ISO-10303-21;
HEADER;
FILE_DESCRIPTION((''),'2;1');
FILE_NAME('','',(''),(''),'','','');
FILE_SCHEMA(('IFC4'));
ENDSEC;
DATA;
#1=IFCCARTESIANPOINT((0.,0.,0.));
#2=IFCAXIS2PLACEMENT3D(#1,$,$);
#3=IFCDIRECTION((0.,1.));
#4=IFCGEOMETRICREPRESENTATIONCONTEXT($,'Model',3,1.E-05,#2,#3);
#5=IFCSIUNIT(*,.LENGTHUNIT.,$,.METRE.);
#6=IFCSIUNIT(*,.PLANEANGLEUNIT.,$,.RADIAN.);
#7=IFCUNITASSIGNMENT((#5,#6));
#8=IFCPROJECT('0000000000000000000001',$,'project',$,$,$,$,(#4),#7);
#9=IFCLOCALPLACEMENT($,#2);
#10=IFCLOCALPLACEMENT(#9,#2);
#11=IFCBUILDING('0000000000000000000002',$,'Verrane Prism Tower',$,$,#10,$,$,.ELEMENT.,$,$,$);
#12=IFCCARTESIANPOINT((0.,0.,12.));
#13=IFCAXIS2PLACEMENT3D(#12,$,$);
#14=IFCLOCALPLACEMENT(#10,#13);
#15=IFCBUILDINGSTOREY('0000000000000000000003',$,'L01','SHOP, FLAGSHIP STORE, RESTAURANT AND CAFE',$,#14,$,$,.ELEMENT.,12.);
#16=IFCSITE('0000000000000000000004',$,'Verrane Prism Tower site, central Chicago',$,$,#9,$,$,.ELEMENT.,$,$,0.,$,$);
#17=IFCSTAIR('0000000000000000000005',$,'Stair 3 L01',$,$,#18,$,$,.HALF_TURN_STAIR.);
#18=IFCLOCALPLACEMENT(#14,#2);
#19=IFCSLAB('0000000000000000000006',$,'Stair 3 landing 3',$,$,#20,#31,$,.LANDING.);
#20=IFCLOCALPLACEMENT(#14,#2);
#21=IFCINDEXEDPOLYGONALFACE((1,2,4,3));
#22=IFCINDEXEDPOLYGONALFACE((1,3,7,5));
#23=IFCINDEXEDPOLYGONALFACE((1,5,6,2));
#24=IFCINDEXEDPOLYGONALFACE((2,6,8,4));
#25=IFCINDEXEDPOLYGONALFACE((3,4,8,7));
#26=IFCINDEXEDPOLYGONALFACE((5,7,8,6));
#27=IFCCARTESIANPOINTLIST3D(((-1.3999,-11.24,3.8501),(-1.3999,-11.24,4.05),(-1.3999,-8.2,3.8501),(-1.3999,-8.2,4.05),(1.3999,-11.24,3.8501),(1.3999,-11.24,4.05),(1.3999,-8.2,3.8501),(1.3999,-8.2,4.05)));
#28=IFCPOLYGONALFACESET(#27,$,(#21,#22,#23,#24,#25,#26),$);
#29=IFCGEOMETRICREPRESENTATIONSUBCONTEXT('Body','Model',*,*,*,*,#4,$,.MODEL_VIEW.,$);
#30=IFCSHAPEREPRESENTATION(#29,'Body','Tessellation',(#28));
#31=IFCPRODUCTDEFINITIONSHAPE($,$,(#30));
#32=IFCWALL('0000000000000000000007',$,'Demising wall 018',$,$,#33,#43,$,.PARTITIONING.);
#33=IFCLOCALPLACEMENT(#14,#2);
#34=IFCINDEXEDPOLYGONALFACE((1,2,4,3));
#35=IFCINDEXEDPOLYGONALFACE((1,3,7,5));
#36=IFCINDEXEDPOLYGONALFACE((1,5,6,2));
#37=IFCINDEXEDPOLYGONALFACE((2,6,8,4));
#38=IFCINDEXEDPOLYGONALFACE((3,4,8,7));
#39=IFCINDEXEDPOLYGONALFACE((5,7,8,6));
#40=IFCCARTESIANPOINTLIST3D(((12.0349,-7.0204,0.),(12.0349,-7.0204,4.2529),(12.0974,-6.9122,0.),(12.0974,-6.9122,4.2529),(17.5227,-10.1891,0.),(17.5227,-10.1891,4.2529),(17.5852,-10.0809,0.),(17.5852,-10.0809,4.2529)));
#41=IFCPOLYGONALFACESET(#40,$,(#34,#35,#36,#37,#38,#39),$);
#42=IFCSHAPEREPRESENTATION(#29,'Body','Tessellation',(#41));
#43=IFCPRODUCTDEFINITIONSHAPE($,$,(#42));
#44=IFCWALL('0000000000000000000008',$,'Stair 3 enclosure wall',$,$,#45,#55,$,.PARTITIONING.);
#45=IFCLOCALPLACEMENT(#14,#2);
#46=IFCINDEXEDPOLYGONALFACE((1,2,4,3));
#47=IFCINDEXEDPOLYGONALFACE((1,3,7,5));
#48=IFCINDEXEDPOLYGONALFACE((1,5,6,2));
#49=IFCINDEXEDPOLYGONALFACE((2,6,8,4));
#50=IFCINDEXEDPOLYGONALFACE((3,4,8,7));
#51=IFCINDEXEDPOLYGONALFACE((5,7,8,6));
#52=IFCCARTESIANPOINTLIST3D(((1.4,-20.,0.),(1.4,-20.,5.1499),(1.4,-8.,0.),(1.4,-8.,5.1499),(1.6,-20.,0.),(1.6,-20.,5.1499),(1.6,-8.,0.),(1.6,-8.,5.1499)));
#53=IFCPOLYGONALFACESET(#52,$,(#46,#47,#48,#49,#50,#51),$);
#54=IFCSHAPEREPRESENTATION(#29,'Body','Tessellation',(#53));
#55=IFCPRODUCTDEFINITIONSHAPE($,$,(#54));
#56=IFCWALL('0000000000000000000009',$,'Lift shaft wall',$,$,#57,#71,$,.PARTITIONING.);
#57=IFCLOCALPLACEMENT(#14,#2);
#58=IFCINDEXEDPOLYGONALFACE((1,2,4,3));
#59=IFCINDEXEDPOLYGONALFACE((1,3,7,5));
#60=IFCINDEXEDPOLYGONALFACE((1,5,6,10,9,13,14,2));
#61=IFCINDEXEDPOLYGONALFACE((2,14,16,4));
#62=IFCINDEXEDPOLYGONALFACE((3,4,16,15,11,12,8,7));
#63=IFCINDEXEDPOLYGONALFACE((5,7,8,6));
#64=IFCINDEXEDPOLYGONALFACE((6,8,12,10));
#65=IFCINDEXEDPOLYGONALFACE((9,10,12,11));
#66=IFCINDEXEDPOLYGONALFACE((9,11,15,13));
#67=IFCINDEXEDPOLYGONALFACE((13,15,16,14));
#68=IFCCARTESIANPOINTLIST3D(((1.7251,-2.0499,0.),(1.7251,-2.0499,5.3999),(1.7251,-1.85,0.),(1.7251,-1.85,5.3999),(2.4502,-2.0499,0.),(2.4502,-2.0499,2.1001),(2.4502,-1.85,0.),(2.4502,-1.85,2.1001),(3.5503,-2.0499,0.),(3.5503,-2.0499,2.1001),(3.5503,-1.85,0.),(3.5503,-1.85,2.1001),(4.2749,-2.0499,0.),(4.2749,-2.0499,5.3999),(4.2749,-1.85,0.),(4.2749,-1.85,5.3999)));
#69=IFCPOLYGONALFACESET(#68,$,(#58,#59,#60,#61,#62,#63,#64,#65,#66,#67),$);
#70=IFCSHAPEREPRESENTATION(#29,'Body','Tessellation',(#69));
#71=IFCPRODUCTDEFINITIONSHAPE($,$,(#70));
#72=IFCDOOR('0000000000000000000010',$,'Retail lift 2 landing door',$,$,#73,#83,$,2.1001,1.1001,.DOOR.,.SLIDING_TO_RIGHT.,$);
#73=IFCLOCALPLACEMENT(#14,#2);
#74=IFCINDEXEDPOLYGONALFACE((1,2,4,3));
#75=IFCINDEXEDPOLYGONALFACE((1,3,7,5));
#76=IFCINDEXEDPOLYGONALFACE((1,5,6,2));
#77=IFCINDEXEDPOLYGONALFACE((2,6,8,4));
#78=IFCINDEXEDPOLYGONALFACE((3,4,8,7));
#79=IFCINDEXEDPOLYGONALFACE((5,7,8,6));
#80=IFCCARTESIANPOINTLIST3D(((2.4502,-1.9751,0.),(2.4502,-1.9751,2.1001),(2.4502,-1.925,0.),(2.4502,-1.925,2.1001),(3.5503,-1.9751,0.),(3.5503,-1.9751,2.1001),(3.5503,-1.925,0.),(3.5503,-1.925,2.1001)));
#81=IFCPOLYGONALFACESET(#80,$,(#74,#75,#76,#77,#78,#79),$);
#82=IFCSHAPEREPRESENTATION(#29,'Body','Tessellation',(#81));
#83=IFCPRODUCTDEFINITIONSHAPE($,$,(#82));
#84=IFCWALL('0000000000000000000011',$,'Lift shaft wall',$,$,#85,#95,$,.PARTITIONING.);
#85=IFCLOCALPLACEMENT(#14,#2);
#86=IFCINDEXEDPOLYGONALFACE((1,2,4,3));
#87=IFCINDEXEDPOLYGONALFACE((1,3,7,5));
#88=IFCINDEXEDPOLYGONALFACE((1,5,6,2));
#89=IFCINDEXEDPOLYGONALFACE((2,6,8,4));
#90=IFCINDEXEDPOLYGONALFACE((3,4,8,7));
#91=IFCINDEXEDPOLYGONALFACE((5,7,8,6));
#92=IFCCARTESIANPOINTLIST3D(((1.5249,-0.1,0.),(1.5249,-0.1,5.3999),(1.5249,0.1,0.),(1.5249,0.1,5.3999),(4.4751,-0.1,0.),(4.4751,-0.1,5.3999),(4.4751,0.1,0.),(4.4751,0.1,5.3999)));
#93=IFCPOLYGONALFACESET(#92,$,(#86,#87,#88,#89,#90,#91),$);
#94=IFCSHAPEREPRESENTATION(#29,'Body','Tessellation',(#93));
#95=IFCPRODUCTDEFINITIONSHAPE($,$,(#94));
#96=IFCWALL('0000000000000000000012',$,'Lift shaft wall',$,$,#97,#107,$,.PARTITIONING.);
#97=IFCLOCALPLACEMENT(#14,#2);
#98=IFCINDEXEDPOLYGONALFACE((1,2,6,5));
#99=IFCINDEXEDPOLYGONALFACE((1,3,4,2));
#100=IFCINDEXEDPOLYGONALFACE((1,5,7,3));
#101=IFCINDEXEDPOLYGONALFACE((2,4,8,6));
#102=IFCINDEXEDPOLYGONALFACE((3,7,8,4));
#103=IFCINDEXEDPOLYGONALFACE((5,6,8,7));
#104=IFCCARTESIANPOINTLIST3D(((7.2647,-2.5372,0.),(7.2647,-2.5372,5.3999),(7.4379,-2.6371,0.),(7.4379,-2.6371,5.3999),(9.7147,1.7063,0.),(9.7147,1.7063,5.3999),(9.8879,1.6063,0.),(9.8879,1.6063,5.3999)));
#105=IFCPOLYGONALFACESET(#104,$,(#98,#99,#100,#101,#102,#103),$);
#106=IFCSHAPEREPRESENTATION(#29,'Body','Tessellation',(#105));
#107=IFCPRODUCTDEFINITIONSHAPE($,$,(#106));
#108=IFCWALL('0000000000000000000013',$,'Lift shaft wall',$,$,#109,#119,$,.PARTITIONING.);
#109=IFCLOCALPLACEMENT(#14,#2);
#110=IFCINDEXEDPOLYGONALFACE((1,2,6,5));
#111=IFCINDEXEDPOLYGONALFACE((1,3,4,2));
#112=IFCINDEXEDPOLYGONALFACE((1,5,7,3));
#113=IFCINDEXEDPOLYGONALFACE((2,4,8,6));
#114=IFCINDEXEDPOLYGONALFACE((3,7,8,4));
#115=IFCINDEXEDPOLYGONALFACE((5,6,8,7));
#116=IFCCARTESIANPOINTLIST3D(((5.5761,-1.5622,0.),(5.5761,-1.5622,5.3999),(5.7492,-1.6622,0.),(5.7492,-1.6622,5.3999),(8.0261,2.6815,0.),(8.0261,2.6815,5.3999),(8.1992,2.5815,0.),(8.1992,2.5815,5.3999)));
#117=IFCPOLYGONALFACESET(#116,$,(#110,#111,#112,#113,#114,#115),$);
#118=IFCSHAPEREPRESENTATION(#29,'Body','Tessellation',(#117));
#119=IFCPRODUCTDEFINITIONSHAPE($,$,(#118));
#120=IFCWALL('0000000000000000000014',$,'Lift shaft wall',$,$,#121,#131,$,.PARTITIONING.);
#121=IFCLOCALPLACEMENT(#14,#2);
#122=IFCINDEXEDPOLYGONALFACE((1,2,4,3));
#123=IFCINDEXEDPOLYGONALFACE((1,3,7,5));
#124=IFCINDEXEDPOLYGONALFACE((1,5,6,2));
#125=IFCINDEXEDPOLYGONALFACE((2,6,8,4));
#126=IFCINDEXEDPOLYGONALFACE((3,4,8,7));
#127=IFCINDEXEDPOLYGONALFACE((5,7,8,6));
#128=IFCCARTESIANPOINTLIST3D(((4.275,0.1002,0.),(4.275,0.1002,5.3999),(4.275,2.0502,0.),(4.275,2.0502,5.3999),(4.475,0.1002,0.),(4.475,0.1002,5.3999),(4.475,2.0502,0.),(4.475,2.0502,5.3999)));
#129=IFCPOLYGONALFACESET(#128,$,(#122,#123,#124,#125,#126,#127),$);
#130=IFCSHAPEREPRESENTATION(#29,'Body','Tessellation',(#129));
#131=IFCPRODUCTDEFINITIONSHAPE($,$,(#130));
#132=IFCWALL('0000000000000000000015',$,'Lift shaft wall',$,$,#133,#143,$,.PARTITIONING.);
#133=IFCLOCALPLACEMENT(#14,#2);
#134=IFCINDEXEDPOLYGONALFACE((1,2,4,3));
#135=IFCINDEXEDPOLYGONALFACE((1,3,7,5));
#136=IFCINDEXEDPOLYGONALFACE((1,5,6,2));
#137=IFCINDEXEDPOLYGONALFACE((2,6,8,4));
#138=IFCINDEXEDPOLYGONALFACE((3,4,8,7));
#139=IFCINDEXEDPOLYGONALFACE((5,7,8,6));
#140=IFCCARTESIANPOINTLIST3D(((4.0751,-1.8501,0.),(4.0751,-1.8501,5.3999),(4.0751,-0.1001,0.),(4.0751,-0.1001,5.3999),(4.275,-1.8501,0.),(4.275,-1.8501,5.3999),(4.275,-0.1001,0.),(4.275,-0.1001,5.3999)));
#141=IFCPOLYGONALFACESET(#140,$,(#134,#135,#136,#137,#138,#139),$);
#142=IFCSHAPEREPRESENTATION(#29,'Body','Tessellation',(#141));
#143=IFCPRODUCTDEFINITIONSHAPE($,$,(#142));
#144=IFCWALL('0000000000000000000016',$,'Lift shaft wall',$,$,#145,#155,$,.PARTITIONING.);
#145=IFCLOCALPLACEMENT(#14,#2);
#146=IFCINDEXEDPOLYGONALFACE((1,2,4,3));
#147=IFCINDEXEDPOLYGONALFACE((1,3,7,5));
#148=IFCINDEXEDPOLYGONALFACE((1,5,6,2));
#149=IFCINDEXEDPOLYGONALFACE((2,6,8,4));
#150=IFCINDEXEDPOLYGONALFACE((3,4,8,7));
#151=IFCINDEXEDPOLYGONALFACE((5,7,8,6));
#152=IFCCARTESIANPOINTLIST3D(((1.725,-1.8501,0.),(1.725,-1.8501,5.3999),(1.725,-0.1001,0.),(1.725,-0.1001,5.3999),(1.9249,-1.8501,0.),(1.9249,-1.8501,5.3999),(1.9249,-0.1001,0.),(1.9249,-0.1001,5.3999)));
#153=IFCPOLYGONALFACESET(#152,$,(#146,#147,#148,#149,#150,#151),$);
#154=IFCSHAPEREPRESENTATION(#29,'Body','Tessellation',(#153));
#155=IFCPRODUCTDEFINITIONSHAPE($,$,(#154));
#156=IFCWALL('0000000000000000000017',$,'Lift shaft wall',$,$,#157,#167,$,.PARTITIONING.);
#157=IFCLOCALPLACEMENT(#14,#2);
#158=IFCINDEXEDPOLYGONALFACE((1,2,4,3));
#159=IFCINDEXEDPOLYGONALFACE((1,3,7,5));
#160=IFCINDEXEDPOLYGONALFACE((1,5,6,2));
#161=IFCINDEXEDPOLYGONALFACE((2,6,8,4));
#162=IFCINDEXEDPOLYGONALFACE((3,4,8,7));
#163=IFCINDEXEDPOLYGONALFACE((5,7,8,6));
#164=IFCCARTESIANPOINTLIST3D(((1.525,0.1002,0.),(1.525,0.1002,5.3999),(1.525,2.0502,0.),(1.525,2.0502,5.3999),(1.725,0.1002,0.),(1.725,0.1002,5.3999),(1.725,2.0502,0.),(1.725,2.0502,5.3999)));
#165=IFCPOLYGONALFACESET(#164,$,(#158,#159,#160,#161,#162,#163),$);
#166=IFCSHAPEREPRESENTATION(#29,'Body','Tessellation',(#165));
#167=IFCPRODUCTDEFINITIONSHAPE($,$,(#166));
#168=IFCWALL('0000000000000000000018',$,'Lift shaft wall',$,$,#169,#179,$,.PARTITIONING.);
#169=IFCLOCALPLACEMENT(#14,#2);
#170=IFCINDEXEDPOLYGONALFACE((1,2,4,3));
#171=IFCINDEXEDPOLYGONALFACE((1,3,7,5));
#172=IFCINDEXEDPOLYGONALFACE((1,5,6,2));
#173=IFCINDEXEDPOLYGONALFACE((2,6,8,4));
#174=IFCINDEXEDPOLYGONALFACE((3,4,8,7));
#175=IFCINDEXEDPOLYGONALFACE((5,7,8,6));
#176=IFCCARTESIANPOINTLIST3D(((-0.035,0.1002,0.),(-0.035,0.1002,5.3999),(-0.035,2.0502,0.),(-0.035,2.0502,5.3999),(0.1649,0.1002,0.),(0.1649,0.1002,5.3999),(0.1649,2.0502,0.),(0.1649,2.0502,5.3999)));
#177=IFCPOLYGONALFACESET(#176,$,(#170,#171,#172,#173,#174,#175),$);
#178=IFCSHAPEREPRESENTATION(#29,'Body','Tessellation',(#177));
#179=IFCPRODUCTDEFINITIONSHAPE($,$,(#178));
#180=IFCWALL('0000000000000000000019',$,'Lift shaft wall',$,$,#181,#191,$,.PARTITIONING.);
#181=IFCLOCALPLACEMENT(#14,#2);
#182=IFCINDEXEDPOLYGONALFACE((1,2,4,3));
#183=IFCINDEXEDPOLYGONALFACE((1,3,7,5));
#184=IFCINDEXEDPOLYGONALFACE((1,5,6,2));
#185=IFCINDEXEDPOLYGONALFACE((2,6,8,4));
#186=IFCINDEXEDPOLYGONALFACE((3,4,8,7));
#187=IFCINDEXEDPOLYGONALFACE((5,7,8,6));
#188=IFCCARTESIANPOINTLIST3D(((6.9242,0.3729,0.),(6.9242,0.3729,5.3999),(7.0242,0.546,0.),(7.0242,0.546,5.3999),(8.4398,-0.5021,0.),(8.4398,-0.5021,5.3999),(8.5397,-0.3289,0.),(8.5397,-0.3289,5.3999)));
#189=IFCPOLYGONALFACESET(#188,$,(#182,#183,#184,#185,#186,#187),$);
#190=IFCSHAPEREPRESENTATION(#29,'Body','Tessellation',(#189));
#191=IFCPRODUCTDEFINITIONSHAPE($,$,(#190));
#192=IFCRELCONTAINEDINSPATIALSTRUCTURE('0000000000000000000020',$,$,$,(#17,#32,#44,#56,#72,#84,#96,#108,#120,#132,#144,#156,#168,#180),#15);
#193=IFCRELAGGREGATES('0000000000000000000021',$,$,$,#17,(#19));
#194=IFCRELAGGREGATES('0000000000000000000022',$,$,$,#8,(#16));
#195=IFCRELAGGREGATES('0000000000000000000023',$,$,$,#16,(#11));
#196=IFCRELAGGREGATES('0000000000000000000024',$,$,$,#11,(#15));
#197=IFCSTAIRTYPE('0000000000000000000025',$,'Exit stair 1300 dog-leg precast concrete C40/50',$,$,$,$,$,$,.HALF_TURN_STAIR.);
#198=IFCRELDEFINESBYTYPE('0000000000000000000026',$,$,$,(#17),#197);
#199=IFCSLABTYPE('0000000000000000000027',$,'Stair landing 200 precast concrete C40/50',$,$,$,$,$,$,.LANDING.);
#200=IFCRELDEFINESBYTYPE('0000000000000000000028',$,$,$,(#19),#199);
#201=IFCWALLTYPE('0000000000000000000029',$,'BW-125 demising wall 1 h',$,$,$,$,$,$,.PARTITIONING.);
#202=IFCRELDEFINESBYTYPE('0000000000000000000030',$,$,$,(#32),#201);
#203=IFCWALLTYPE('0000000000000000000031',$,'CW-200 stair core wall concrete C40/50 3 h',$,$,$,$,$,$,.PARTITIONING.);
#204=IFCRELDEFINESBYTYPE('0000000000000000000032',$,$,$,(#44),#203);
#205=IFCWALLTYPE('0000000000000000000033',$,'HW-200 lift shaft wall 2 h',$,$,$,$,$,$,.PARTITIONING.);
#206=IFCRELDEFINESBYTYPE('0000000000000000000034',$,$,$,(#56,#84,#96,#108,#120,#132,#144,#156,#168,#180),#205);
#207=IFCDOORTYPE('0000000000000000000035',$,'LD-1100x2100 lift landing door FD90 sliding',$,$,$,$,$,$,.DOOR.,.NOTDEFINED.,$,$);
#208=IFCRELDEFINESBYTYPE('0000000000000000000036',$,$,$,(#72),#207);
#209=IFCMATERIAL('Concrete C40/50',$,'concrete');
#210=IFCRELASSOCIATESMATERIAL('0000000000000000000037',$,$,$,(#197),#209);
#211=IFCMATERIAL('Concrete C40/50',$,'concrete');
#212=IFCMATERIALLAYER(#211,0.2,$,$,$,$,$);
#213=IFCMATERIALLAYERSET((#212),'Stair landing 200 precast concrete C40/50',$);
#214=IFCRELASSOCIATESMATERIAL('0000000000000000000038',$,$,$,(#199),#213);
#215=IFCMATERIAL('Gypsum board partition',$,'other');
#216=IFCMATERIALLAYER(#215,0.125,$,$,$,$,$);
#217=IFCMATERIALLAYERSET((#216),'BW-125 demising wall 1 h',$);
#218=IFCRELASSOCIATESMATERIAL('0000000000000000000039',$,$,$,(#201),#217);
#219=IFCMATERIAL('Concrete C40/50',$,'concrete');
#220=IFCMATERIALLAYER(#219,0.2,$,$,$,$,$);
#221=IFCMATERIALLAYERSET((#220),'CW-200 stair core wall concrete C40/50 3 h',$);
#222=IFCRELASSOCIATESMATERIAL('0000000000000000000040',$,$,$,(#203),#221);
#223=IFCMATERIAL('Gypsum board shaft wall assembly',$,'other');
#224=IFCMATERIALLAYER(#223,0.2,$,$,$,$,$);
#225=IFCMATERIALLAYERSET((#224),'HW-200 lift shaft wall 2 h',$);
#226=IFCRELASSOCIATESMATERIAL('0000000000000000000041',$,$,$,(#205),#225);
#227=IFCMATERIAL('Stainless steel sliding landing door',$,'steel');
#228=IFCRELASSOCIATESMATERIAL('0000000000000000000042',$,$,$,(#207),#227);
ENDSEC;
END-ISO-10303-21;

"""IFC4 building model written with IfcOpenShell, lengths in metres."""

from ifc_helpers import new_model, si_unit, direction, frame, frame_2d, origin, place, context, subcontext, project, spatial, polyline, rectangle, outline, extrude, material, layer, layer_set, type_object, element, fill, aggregate, save


model = new_model("IFC4")

# Units and contexts
model_context = context("Model", 3, precision=1e-05, world=origin(), true_north=direction((0.0, 1.0)))
body_context = subcontext(model_context, "Body", "Model", "MODEL_VIEW")
ifc_project = project(units=[si_unit("LENGTHUNIT", "METRE"), si_unit("PLANEANGLEUNIT", "RADIAN")], contexts=[model_context])

# Site, building, storey
site_placement = place(None, origin())
site = spatial("IfcSite", under=ifc_project, at=site_placement, Name="Verrane Prism Tower site, central Chicago", CompositionType="ELEMENT", RefElevation=0.0)
building_placement = place(site_placement, origin())
building = spatial("IfcBuilding", under=site, at=building_placement, Name="Verrane Prism Tower", CompositionType="ELEMENT")
storey_placement = place(building_placement, frame((0.0, 0.0, 12.0)))
storey = spatial("IfcBuildingStorey", under=building, at=storey_placement, Name="L01", Description="SHOP, FLAGSHIP STORE, RESTAURANT AND CAFE", CompositionType="ELEMENT", Elevation=12.0)

# Stair, slab
ifc_material_1 = material(Name="Concrete C40/50", Category="concrete")
stair_type = type_object("IfcStairType", Name="Exit stair 1300 dog-leg precast concrete C40/50", PredefinedType="HALF_TURN_STAIR", material=ifc_material_1)
ifc_material_2 = material(Name="Concrete C40/50", Category="concrete")
ifc_layer_1 = layer(ifc_material_2, 0.2)
ifc_layer_set_1 = layer_set([ifc_layer_1], Name="Stair landing 200 precast concrete C40/50")
slab_type_1 = type_object("IfcSlabType", Name="Stair landing 200 precast concrete C40/50", PredefinedType="LANDING", material=ifc_layer_set_1)
stair_1_placement = place(storey_placement, origin())
stair_1 = element("IfcStair", 1, at=stair_1_placement, inside=storey, type_object=stair_type, Name="Stair 3 L01", PredefinedType="HALF_TURN_STAIR")
slab_1_placement = place(storey_placement, frame((0.0, 0.0, 3.8501)))
slab_1 = element("IfcSlab", 2, at=slab_1_placement, type_object=slab_type_1, Name="Stair 3 landing 3", PredefinedType="LANDING", context=body_context, shape_type="SweptSolid", body=[
    extrude(outline(polyline([(1.3999, -11.24), (1.3999, -8.2), (-1.3999, -8.2), (-1.3999, -11.24), (1.3999, -11.24)])), origin(), (0.0, 0.0, 1.0), 0.2),
])

# Walls
ifc_material_3 = material(Name="Gypsum board partition", Category="other")
ifc_layer_2 = layer(ifc_material_3, 0.125)
ifc_layer_set_2 = layer_set([ifc_layer_2], Name="BW-125 demising wall 1 h")
wall_type_1 = type_object("IfcWallType", Name="BW-125 demising wall 1 h", PredefinedType="PARTITIONING", material=ifc_layer_set_2)
wall_1_placement = place(storey_placement, frame((12.0662, -6.9663, 0.0), z_axis=(0.0, 0.0, 1.0), x_axis=(0.866003, -0.500038, 0.0)))
element("IfcWall", 3, at=wall_1_placement, inside=storey, type_object=wall_type_1, Name="Demising wall 018", PredefinedType="PARTITIONING", context=body_context, shape_type="SweptSolid", body=[
    extrude(rectangle(XDim=6.3369, YDim=0.125, at=frame_2d((3.1685, 0.0))), origin(), (0.0, 0.0, 1.0), 4.2529),
])
ifc_material_4 = material(Name="Concrete C40/50", Category="concrete")
ifc_layer_3 = layer(ifc_material_4, 0.2)
ifc_layer_set_3 = layer_set([ifc_layer_3], Name="CW-200 stair core wall concrete C40/50 3 h")
wall_type_2 = type_object("IfcWallType", Name="CW-200 stair core wall concrete C40/50 3 h", PredefinedType="PARTITIONING", material=ifc_layer_set_3)
wall_2_placement = place(storey_placement, frame((1.5, -8.0, 0.0), z_axis=(0.0, 0.0, 1.0), x_axis=(0.0, -1.0, 0.0)))
element("IfcWall", 4, at=wall_2_placement, inside=storey, type_object=wall_type_2, Name="Stair 3 enclosure wall", PredefinedType="PARTITIONING", context=body_context, shape_type="SweptSolid", body=[
    extrude(rectangle(XDim=12.0, YDim=0.2, at=frame_2d((6.0, 0.0))), origin(), (0.0, 0.0, 1.0), 5.1499),
])

# Wall, opening, door
ifc_material_5 = material(Name="Gypsum board shaft wall assembly", Category="other")
ifc_layer_4 = layer(ifc_material_5, 0.2)
ifc_layer_set_4 = layer_set([ifc_layer_4], Name="HW-200 lift shaft wall 2 h")
wall_type_3 = type_object("IfcWallType", Name="HW-200 lift shaft wall 2 h", PredefinedType="PARTITIONING", material=ifc_layer_set_4)
wall_3_placement = place(storey_placement, frame((1.7251, -1.95, 0.0), z_axis=(0.0, 0.0, 1.0), x_axis=(1.0, 0.0, 0.0)))
wall_3 = element("IfcWall", 5, at=wall_3_placement, inside=storey, type_object=wall_type_3, Name="Lift shaft wall", PredefinedType="PARTITIONING", context=body_context, shape_type="SweptSolid", body=[
    extrude(rectangle(XDim=2.5498, YDim=0.2, at=frame_2d((1.2749, 0.0))), origin(), (0.0, 0.0, 1.0), 5.3999),
])
opening_placement = place(wall_3_placement, frame((0.7251, 0.0, 0.0)))
opening = element("IfcOpeningElement", 6, at=opening_placement, cuts=wall_3, PredefinedType="OPENING", context=body_context, shape_type="SweptSolid", body=[
    extrude(rectangle(XDim=1.1001, YDim=2.1001, at=frame_2d((0.55, 1.05))), frame((0.0, 0.1099, 0.0), z_axis=(0.0, -1.0, 0.0), x_axis=(1.0, 0.0, 0.0)), (0.0, 0.0, 1.0), 0.22),
])
ifc_material_6 = material(Name="Stainless steel sliding landing door", Category="steel")
door_type = type_object("IfcDoorType", Name="LD-1100x2100 lift landing door FD90 sliding", OperationType="NOTDEFINED", PredefinedType="DOOR", material=ifc_material_6)
door_placement = place(opening_placement, origin())
door = element("IfcDoor", 7, at=door_placement, inside=storey, type_object=door_type, Name="Retail lift 2 landing door", OperationType="SLIDING_TO_RIGHT", OverallHeight=2.1001, OverallWidth=1.1001, PredefinedType="DOOR", context=body_context, shape_type="SweptSolid", body=[
    extrude(rectangle(XDim=1.1001, YDim=2.1001, at=frame_2d((0.55, 1.05))), frame((0.0, 0.0249, 0.0), z_axis=(0.0, -1.0, 0.0), x_axis=(1.0, 0.0, 0.0)), (0.0, 0.0, 1.0), 0.05),
])
fill(opening, door)

# Walls
wall_4_placement = place(storey_placement, frame((1.5249, 0.0, 0.0), z_axis=(0.0, 0.0, 1.0), x_axis=(1.0, 0.0, 0.0)))
element("IfcWall", 8, at=wall_4_placement, inside=storey, type_object=wall_type_3, Name="Lift shaft wall", PredefinedType="PARTITIONING", context=body_context, shape_type="SweptSolid", body=[
    extrude(rectangle(XDim=2.9502, YDim=0.2, at=frame_2d((1.4751, 0.0))), origin(), (0.0, 0.0, 1.0), 5.3999),
])
wall_5_placement = place(storey_placement, frame((7.3513, -2.5872, 0.0), z_axis=(0.0, 0.0, 1.0), x_axis=(0.500003, 0.866024, 0.0)))
element("IfcWall", 9, at=wall_5_placement, inside=storey, type_object=wall_type_3, Name="Lift shaft wall", PredefinedType="PARTITIONING", context=body_context, shape_type="SweptSolid", body=[
    extrude(rectangle(XDim=4.8999, YDim=0.2, at=frame_2d((2.45, 0.0))), origin(), (0.0, 0.0, 1.0), 5.3999),
])
wall_6_placement = place(storey_placement, frame((5.6626, -1.6123, 0.0), z_axis=(0.0, 0.0, 1.0), x_axis=(0.499981, 0.866036, 0.0)))
element("IfcWall", 10, at=wall_6_placement, inside=storey, type_object=wall_type_3, Name="Lift shaft wall", PredefinedType="PARTITIONING", context=body_context, shape_type="SweptSolid", body=[
    extrude(rectangle(XDim=4.9001, YDim=0.2, at=frame_2d((2.4502, 0.0))), origin(), (0.0, 0.0, 1.0), 5.3999),
])
wall_7_placement = place(storey_placement, frame((4.375, 0.1001, 0.0), z_axis=(0.0, 0.0, 1.0), x_axis=(0.0, 1.0, 0.0)))
element("IfcWall", 11, at=wall_7_placement, inside=storey, type_object=wall_type_3, Name="Lift shaft wall", PredefinedType="PARTITIONING", context=body_context, shape_type="SweptSolid", body=[
    extrude(rectangle(XDim=1.95, YDim=0.2, at=frame_2d((0.9751, 0.0))), origin(), (0.0, 0.0, 1.0), 5.3999),
])
for number, where, z_axis, x_axis, name in (
    (12, (4.175, -1.8501, 0.0), (0.0, 0.0, 1.0), (0.0, 1.0, 0.0), "Lift shaft wall"),
    (13, (1.825, -1.8501, 0.0), (0.0, 0.0, 1.0), (0.0, 1.0, 0.0), "Lift shaft wall"),
):
    element("IfcWall", number, at=place(storey_placement, frame(where, z_axis=z_axis, x_axis=x_axis)), inside=storey, type_object=wall_type_3, Name=name, PredefinedType="PARTITIONING", context=body_context, shape_type="SweptSolid", body=[
        extrude(rectangle(XDim=1.75, YDim=0.2, at=frame_2d((0.875, 0.0))), origin(), (0.0, 0.0, 1.0), 5.3999),
    ])
for number, where, z_axis, x_axis, name in (
    (14, (1.625, 0.1001, 0.0), (0.0, 0.0, 1.0), (0.0, 1.0, 0.0), "Lift shaft wall"),
    (15, (0.0649, 0.1001, 0.0), (0.0, 0.0, 1.0), (0.0, 1.0, 0.0), "Lift shaft wall"),
):
    element("IfcWall", number, at=place(storey_placement, frame(where, z_axis=z_axis, x_axis=x_axis)), inside=storey, type_object=wall_type_3, Name=name, PredefinedType="PARTITIONING", context=body_context, shape_type="SweptSolid", body=[
        extrude(rectangle(XDim=1.95, YDim=0.2, at=frame_2d((0.9751, 0.0))), origin(), (0.0, 0.0, 1.0), 5.3999),
    ])
for number, where, z_axis, x_axis, name in (
    (16, (8.4897, -0.4155, 0.0), (0.0, 0.0, 1.0), (-0.866037, 0.49998, 0.0), "Lift shaft wall"),
):
    element("IfcWall", number, at=place(storey_placement, frame(where, z_axis=z_axis, x_axis=x_axis)), inside=storey, type_object=wall_type_3, Name=name, PredefinedType="PARTITIONING", context=body_context, shape_type="SweptSolid", body=[
        extrude(rectangle(XDim=1.75, YDim=0.2, at=frame_2d((0.875, 0.0))), origin(), (0.0, 0.0, 1.0), 5.3999),
    ])

aggregate(stair_1, [slab_1])

save(model, "model.ifc")
